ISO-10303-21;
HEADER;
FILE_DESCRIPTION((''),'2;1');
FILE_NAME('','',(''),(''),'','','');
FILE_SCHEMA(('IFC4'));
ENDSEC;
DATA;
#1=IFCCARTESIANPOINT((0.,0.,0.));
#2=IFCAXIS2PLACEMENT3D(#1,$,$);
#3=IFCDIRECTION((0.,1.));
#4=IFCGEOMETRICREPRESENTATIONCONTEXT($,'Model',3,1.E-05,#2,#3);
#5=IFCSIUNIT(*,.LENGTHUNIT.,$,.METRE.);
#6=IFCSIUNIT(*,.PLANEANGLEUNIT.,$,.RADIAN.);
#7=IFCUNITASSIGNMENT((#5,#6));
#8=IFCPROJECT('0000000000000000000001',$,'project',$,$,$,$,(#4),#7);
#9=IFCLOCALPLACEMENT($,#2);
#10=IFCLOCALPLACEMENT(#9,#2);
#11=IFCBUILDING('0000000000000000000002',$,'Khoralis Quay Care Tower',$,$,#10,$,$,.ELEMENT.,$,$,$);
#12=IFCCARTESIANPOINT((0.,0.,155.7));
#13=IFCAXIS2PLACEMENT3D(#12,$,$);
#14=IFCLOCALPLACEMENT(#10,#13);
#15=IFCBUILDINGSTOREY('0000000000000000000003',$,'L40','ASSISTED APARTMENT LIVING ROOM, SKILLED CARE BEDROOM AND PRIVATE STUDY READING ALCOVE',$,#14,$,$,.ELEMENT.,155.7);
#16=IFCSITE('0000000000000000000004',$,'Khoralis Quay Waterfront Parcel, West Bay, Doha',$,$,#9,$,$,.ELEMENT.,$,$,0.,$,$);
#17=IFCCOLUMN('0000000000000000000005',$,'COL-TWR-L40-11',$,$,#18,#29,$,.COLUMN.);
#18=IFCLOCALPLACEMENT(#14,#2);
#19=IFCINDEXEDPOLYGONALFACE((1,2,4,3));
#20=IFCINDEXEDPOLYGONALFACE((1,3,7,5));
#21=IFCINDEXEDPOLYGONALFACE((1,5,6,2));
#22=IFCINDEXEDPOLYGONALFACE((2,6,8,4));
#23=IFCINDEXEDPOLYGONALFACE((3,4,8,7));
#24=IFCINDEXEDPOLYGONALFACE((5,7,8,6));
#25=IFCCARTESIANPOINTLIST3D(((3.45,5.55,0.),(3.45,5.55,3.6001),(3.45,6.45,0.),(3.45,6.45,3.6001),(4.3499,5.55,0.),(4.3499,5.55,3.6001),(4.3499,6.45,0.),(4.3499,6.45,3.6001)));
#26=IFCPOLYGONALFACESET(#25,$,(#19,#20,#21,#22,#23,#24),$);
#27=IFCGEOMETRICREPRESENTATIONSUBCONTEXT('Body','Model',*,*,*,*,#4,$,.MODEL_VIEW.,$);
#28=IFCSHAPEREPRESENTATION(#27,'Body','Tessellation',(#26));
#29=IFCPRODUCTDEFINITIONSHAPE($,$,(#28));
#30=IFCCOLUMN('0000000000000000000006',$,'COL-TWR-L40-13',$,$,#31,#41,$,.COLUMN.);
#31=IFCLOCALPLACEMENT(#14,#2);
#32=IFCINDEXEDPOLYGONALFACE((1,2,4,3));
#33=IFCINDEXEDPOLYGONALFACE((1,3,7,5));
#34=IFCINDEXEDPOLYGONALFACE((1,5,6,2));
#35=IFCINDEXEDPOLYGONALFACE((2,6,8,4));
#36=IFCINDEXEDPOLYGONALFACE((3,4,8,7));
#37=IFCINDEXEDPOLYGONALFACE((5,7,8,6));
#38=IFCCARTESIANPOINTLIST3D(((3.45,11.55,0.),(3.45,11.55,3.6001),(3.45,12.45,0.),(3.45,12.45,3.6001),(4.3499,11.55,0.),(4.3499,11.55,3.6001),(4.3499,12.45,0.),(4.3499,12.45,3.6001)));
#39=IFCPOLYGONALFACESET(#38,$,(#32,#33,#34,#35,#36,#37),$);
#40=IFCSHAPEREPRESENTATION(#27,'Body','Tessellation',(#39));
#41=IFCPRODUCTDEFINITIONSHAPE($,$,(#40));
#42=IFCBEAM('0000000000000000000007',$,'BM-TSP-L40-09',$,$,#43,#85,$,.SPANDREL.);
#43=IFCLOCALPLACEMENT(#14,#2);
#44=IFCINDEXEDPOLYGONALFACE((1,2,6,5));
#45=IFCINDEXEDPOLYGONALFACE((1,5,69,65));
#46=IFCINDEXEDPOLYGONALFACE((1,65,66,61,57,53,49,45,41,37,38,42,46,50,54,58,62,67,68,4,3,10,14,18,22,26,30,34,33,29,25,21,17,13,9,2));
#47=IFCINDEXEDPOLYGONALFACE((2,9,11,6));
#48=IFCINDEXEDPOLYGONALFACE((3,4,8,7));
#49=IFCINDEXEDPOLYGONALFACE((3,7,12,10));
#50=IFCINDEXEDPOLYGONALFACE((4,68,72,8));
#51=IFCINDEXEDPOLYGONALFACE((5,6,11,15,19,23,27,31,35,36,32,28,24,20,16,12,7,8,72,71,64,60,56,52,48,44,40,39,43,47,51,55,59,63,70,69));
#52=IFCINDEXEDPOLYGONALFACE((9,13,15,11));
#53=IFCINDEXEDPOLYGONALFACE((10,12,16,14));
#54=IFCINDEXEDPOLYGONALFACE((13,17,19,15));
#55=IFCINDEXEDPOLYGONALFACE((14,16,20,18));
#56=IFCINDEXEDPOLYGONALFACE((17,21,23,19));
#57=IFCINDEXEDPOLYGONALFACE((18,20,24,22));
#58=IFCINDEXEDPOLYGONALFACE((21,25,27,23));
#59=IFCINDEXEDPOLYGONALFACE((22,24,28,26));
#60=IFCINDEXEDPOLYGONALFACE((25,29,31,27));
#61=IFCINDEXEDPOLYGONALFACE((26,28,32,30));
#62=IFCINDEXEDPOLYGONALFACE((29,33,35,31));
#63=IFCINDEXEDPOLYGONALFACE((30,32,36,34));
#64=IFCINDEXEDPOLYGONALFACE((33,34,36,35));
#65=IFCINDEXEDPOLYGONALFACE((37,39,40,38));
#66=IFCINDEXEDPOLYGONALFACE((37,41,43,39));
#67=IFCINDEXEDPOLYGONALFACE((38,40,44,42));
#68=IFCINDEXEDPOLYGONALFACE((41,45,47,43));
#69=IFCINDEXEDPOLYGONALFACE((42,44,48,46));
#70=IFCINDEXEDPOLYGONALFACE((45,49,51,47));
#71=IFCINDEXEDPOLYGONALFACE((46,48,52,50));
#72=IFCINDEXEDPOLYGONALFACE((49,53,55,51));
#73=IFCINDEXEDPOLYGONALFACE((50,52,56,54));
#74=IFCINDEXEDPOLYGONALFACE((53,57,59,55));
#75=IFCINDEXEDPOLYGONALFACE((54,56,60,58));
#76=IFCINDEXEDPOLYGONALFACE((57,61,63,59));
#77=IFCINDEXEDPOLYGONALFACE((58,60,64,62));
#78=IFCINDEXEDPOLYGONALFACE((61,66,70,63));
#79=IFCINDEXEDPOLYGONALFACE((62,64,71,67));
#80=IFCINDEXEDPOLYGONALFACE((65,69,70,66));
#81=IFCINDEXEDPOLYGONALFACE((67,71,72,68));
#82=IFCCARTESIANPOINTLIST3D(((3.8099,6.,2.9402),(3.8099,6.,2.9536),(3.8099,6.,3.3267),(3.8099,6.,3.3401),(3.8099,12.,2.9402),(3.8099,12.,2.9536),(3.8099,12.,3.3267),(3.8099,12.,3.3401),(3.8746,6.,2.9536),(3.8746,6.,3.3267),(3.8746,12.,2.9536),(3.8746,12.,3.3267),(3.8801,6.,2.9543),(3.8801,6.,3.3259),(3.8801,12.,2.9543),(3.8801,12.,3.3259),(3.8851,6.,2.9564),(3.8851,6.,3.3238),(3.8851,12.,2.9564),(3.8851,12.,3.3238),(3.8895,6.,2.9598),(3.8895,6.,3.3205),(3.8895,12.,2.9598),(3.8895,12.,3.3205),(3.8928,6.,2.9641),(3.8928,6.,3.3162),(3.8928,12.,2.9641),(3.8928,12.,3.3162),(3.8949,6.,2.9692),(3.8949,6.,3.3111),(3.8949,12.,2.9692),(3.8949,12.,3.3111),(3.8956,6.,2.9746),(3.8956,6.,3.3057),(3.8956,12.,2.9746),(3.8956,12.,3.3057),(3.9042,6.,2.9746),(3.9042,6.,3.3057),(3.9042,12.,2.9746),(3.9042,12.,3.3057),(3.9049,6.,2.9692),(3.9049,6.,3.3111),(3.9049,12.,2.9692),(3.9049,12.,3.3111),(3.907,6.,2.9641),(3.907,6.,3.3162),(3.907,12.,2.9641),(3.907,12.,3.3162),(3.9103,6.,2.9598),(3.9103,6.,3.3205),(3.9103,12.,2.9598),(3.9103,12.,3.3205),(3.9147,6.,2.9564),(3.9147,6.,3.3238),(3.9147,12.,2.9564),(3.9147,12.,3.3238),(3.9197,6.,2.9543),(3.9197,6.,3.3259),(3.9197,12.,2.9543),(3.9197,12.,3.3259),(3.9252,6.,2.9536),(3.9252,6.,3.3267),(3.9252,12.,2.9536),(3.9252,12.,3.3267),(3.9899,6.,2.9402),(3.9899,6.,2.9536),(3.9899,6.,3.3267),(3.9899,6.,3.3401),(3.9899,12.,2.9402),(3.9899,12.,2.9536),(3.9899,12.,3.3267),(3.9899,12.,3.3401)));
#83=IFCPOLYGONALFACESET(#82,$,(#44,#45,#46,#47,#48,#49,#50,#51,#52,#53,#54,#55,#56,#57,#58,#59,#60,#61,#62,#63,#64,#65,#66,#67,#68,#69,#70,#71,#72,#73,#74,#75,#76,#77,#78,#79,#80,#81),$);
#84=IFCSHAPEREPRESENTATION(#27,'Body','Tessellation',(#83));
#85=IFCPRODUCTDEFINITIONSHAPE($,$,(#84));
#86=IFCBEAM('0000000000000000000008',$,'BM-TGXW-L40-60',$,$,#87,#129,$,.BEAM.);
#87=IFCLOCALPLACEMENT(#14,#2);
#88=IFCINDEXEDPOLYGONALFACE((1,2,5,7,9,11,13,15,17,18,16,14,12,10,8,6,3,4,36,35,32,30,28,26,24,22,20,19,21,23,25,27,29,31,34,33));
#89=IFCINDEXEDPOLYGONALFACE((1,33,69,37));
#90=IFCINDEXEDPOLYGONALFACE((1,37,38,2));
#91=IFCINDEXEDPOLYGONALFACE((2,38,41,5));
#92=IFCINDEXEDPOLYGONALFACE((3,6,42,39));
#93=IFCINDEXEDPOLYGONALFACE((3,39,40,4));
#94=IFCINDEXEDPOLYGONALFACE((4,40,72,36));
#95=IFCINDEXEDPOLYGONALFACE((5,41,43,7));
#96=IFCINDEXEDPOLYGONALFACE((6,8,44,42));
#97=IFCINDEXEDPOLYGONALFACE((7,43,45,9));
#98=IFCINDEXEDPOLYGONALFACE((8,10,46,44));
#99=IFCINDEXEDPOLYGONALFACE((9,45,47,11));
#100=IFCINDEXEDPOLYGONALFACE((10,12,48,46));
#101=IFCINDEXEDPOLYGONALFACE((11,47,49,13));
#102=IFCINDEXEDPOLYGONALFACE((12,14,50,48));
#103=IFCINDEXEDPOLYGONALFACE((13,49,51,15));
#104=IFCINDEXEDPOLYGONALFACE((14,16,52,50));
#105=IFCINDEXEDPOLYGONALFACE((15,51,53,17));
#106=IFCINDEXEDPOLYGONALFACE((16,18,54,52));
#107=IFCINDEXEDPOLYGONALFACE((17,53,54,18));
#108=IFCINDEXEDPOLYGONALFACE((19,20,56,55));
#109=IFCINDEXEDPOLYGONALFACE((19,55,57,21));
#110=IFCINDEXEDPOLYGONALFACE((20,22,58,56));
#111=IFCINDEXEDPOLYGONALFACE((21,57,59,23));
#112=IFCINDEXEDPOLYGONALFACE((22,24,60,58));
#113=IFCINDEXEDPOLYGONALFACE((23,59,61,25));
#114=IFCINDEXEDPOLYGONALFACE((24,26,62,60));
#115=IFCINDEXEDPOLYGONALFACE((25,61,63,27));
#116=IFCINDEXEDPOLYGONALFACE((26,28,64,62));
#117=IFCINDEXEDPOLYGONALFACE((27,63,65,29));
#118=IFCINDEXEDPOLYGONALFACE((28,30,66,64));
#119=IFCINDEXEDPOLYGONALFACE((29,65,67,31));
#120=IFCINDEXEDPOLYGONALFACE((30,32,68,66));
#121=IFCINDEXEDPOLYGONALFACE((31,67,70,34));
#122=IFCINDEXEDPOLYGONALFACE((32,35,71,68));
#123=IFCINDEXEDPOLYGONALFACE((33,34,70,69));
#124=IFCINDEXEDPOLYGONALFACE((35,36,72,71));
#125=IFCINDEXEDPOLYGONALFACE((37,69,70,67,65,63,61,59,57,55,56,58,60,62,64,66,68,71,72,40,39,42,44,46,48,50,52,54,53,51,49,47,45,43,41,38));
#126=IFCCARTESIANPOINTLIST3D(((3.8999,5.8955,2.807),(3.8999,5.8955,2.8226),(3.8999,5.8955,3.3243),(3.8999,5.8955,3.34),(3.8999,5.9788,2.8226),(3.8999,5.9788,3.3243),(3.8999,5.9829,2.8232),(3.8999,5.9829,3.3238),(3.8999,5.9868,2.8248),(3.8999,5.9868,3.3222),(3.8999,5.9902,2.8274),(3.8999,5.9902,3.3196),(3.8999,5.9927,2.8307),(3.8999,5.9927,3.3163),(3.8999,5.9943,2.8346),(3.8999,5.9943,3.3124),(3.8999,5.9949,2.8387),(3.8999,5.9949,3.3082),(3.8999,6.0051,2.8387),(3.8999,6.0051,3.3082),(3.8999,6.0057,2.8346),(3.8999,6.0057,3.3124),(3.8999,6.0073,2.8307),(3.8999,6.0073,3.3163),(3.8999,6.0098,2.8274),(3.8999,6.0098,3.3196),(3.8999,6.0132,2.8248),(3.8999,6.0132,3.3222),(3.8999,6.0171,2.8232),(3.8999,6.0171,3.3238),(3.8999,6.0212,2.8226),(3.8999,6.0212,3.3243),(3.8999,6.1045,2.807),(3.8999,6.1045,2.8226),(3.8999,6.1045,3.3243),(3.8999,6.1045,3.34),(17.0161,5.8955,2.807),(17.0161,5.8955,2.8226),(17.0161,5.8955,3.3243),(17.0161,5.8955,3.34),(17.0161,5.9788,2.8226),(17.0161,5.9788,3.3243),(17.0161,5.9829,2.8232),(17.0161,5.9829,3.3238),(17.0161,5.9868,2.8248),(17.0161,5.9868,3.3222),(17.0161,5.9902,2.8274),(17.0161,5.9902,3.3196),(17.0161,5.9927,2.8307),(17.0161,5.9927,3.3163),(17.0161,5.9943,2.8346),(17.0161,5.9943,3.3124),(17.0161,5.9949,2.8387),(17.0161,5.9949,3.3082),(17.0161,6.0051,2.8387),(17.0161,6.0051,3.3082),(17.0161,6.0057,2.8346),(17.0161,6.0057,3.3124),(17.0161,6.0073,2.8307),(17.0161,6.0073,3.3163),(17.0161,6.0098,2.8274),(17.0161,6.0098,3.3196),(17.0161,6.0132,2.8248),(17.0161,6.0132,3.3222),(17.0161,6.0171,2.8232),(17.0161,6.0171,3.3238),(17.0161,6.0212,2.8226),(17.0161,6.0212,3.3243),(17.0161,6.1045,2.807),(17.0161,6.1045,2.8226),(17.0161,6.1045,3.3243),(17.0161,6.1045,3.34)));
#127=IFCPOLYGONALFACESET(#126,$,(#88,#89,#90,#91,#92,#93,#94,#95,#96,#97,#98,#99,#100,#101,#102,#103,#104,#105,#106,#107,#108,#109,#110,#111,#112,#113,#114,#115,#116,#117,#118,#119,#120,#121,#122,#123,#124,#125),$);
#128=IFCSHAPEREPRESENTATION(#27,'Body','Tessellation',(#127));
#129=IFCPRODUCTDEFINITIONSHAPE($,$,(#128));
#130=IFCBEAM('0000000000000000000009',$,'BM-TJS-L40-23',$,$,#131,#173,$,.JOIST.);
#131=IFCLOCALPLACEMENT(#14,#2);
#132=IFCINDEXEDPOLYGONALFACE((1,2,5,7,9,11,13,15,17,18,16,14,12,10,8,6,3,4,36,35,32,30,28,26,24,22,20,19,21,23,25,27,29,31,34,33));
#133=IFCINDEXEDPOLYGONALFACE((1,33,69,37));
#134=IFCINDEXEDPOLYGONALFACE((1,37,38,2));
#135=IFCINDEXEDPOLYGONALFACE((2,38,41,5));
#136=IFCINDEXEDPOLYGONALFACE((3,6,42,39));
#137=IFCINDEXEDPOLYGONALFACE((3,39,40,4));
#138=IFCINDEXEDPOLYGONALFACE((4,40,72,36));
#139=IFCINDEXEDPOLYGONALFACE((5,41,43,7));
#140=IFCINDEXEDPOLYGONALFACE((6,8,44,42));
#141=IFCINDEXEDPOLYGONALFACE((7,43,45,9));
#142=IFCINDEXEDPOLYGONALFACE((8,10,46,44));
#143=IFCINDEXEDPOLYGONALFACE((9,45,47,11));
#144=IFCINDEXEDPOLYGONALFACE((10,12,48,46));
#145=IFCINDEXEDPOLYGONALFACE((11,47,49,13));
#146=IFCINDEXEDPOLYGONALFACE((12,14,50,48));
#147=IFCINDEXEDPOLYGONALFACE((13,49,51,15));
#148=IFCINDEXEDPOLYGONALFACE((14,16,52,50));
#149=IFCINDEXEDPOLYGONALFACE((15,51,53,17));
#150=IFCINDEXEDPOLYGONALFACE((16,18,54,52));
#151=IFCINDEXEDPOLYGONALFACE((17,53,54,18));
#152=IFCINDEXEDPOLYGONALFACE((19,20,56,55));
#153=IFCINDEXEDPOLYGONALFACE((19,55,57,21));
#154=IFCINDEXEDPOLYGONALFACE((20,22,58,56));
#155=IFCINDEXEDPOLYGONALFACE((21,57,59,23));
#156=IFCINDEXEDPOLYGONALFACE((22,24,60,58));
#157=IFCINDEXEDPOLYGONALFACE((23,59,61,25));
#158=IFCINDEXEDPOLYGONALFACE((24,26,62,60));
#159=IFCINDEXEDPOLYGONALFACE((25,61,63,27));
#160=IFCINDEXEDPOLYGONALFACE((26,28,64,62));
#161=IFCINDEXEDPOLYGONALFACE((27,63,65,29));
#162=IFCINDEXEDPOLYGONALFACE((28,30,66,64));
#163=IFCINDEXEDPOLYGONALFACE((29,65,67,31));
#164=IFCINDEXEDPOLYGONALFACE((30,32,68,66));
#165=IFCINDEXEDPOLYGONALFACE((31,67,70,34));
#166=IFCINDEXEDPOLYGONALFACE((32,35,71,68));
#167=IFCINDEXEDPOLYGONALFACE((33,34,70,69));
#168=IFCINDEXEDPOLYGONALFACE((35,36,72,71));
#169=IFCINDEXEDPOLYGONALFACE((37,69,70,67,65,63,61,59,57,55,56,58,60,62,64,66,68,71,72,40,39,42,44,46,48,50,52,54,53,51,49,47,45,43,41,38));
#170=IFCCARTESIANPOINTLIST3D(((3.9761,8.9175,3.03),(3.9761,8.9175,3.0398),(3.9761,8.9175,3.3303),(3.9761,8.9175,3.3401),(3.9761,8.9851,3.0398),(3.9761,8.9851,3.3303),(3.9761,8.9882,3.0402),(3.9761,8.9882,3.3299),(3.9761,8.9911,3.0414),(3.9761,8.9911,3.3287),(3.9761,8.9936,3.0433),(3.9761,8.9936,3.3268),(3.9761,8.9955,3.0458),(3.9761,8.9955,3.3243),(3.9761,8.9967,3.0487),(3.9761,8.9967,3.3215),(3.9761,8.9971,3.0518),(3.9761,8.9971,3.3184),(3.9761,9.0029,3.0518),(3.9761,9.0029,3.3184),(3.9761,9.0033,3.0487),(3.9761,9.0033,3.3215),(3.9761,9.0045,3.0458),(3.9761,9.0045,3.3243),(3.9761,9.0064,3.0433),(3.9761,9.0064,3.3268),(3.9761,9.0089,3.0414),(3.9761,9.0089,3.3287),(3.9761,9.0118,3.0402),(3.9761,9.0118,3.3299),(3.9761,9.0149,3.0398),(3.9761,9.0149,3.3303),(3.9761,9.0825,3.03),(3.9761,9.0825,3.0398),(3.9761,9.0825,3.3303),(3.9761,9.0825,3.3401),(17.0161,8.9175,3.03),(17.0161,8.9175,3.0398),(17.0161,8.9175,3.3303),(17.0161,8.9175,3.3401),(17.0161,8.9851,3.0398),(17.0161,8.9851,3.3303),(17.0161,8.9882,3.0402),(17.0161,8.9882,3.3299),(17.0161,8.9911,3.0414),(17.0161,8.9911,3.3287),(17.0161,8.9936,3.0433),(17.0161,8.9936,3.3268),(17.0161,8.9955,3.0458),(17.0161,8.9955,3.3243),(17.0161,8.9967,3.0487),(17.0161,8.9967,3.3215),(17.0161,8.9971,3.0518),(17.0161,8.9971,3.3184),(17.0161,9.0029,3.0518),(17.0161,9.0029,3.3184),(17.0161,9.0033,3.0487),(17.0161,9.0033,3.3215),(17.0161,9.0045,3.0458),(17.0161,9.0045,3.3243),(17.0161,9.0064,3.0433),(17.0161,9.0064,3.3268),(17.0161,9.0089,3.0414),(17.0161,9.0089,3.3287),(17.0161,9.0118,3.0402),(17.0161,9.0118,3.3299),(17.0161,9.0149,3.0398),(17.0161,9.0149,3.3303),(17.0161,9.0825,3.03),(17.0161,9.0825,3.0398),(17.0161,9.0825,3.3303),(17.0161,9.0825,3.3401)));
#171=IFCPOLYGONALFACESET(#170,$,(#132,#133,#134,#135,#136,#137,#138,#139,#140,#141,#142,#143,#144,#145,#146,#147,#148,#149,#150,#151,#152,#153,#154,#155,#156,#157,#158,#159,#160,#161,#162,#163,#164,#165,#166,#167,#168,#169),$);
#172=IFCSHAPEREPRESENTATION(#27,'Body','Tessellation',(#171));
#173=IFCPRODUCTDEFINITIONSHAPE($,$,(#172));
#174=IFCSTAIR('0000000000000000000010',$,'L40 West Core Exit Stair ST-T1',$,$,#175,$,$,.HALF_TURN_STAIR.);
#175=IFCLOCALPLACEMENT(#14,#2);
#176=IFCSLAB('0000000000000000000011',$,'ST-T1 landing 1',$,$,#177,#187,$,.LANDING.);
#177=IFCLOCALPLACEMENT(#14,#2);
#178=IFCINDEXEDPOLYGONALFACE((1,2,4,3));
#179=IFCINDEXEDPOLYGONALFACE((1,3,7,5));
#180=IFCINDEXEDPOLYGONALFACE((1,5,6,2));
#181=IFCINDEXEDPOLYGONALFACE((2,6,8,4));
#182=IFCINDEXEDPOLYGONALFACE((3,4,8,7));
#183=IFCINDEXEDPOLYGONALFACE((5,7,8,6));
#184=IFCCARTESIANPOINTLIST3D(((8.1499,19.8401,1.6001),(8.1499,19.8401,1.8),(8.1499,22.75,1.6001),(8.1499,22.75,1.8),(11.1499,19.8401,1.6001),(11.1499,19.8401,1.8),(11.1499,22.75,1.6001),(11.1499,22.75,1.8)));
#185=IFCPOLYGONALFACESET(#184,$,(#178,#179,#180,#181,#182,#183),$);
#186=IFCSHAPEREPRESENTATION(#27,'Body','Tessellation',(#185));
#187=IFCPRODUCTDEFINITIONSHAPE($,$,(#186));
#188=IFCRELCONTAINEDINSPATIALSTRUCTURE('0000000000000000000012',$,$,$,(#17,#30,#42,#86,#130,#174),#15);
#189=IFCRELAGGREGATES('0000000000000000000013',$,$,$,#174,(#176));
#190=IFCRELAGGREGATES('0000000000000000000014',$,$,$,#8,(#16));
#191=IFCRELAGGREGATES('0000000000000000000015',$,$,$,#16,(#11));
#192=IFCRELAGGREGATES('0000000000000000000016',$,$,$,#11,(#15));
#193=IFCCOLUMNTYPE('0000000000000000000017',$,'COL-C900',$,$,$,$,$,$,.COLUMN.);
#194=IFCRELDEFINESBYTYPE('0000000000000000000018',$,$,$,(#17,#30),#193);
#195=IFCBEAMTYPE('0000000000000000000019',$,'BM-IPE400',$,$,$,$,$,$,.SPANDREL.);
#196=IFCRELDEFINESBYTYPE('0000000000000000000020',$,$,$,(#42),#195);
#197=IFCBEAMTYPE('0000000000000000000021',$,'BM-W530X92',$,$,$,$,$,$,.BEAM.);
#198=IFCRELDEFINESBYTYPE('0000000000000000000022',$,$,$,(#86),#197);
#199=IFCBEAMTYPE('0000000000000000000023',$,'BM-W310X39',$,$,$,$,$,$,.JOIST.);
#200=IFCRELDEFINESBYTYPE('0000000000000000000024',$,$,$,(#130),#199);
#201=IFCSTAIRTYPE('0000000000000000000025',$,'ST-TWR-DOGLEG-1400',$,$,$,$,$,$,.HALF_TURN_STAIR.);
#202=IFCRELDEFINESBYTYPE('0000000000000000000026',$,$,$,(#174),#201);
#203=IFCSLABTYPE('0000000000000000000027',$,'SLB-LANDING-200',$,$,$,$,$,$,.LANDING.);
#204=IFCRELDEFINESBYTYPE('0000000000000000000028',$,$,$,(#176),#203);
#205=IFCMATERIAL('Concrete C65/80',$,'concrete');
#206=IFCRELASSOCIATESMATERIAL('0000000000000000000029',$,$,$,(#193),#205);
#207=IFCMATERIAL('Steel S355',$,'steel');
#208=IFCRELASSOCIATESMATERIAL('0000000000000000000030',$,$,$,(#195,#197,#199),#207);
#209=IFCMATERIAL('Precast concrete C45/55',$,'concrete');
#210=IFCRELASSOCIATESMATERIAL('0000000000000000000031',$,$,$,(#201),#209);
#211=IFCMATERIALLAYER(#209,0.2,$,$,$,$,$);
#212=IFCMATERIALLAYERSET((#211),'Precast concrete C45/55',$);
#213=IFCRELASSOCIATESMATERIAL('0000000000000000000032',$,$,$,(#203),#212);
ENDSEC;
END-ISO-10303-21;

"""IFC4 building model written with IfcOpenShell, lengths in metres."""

from ifc_helpers import new_model, si_unit, direction, frame, origin, origin_2d, place, context, subcontext, project, spatial, polyline, rectangle, i_section, outline, extrude, source, transform, mapped, material, layer, layer_set, material_profile, profile_set, type_object, element, aggregate, save


model = new_model("IFC4")

# Units and contexts
model_context = context("Model", 3, precision=1e-05, world=origin(), true_north=direction((0.0, 1.0)))
body_context = subcontext(model_context, "Body", "Model", "MODEL_VIEW")
ifc_project = project(units=[si_unit("LENGTHUNIT", "METRE"), si_unit("PLANEANGLEUNIT", "RADIAN")], contexts=[model_context])

# Site, building, storey
site_placement = place(None, origin())
site = spatial("IfcSite", under=ifc_project, at=site_placement, Name="Khoralis Quay Waterfront Parcel, West Bay, Doha", CompositionType="ELEMENT", RefElevation=0.0)
building_placement = place(site_placement, origin())
building = spatial("IfcBuilding", under=site, at=building_placement, Name="Khoralis Quay Care Tower", CompositionType="ELEMENT")
storey_placement = place(building_placement, frame((0.0, 0.0, 155.7)))
storey = spatial("IfcBuildingStorey", under=building, at=storey_placement, Name="L40", Description="ASSISTED APARTMENT LIVING ROOM, SKILLED CARE BEDROOM AND PRIVATE STUDY READING ALCOVE", CompositionType="ELEMENT", Elevation=155.7)

# Columns
ifc_material_1 = material(Name="Concrete C65/80", Category="concrete")
ifc_material_profile_1 = material_profile(ifc_material_1, rectangle(XDim=0.8999, YDim=0.8999, at=origin_2d()), Name="Concrete C65/80")
ifc_profile_set_1 = profile_set([ifc_material_profile_1], Name="Concrete C65/80")
column_type = type_object("IfcColumnType", Name="COL-C900", PredefinedType="COLUMN", material=ifc_profile_set_1)
shared_shape_1 = source(origin(), body_context, "Body", "SweptSolid", [
    extrude(rectangle(XDim=0.8999, YDim=0.8999, at=origin_2d()), origin(), (0.0, 0.0, 1.0), 3.6001),
])
for number, where, z_axis, x_axis, name in (
    (1, (3.8999, 6.0, 0.0), (0.0, 0.0, 1.0), (1.0, 0.0, 0.0), "COL-TWR-L40-11"),
    (2, (3.8999, 12.0, 0.0), (0.0, 0.0, 1.0), (1.0, 0.0, 0.0), "COL-TWR-L40-13"),
):
    element("IfcColumn", number, at=place(storey_placement, frame(where, z_axis=z_axis, x_axis=x_axis)), inside=storey, type_object=column_type, Name=name, PredefinedType="COLUMN", context=body_context, shape_type="MappedRepresentation", body=[
        mapped(shared_shape_1, transform((0.0, 0.0, 0.0), scale=1.0)),
    ])

# Beams
ifc_material_2 = material(Name="Steel S355", Category="steel")
ifc_material_profile_2 = material_profile(ifc_material_2, i_section(OverallWidth=0.1799, OverallDepth=0.3999, WebThickness=0.0085, FlangeThickness=0.0134, FilletRadius=0.021, at=origin_2d()), Name="Steel S355")
ifc_profile_set_2 = profile_set([ifc_material_profile_2], Name="Steel S355")
beam_type_1 = type_object("IfcBeamType", Name="BM-IPE400", PredefinedType="SPANDREL", material=ifc_profile_set_2)
shared_shape_2 = source(origin(), body_context, "Body", "SweptSolid", [
    extrude(i_section(OverallWidth=0.1799, OverallDepth=0.3999, WebThickness=0.0085, FlangeThickness=0.0134, FilletRadius=0.021, at=origin_2d()), origin(), (0.0, 0.0, 1.0), 6.0),
])
beam_1_placement = place(storey_placement, frame((3.8999, 6.0, 3.1401), z_axis=(0.0, 1.0, 0.0), x_axis=(-1.0, 0.0, 0.0)))
element("IfcBeam", 3, at=beam_1_placement, inside=storey, type_object=beam_type_1, Name="BM-TSP-L40-09", PredefinedType="SPANDREL", context=body_context, shape_type="MappedRepresentation", body=[
    mapped(shared_shape_2, transform((0.0, 0.0, 0.0), scale=1.0)),
])
ifc_material_profile_3 = material_profile(ifc_material_2, i_section(OverallWidth=0.209, OverallDepth=0.533, WebThickness=0.0103, FlangeThickness=0.0156, FilletRadius=0.0161, at=origin_2d()), Name="Steel S355")
ifc_profile_set_3 = profile_set([ifc_material_profile_3], Name="Steel S355")
beam_type_2 = type_object("IfcBeamType", Name="BM-W530X92", PredefinedType="BEAM", material=ifc_profile_set_3)
shared_shape_3 = source(origin(), body_context, "Body", "SweptSolid", [
    extrude(i_section(OverallWidth=0.209, OverallDepth=0.533, WebThickness=0.0103, FlangeThickness=0.0156, FilletRadius=0.0161, at=origin_2d()), origin(), (0.0, 0.0, 1.0), 13.1162),
])
beam_2_placement = place(storey_placement, frame((3.8999, 6.0, 3.0735), z_axis=(1.0, 0.0, 0.0), x_axis=(0.0, 1.0, 0.0)))
element("IfcBeam", 4, at=beam_2_placement, inside=storey, type_object=beam_type_2, Name="BM-TGXW-L40-60", PredefinedType="BEAM", context=body_context, shape_type="MappedRepresentation", body=[
    mapped(shared_shape_3, transform((0.0, 0.0, 0.0), scale=1.0)),
])
ifc_material_profile_4 = material_profile(ifc_material_2, i_section(OverallWidth=0.165, OverallDepth=0.3101, WebThickness=0.0059, FlangeThickness=0.0098, FilletRadius=0.012, at=origin_2d()), Name="Steel S355")
ifc_profile_set_4 = profile_set([ifc_material_profile_4], Name="Steel S355")
beam_type_3 = type_object("IfcBeamType", Name="BM-W310X39", PredefinedType="JOIST", material=ifc_profile_set_4)
shared_shape_4 = source(origin(), body_context, "Body", "SweptSolid", [
    extrude(i_section(OverallWidth=0.165, OverallDepth=0.3101, WebThickness=0.0059, FlangeThickness=0.0098, FilletRadius=0.012, at=origin_2d()), origin(), (0.0, 0.0, 1.0), 13.04),
])
beam_3_placement = place(storey_placement, frame((3.9761, 9.0, 3.1851), z_axis=(1.0, 0.0, 0.0), x_axis=(0.0, 1.0, 0.0)))
element("IfcBeam", 5, at=beam_3_placement, inside=storey, type_object=beam_type_3, Name="BM-TJS-L40-23", PredefinedType="JOIST", context=body_context, shape_type="MappedRepresentation", body=[
    mapped(shared_shape_4, transform((0.0, 0.0, 0.0), scale=1.0)),
])

# Stair, slab
ifc_material_3 = material(Name="Precast concrete C45/55", Category="concrete")
stair_type = type_object("IfcStairType", Name="ST-TWR-DOGLEG-1400", PredefinedType="HALF_TURN_STAIR", material=ifc_material_3)
stair_1_placement = place(storey_placement, origin())
stair_1 = element("IfcStair", 6, at=stair_1_placement, inside=storey, type_object=stair_type, Name="L40 West Core Exit Stair ST-T1", PredefinedType="HALF_TURN_STAIR")
ifc_layer_1 = layer(ifc_material_3, 0.2)
ifc_layer_set_1 = layer_set([ifc_layer_1], Name="Precast concrete C45/55")
slab_type_1 = type_object("IfcSlabType", Name="SLB-LANDING-200", PredefinedType="LANDING", material=ifc_layer_set_1)
slab_1_placement = place(storey_placement, frame((0.0, 0.0, 1.6001)))
slab_1 = element("IfcSlab", 7, at=slab_1_placement, type_object=slab_type_1, Name="ST-T1 landing 1", PredefinedType="LANDING", context=body_context, shape_type="SweptSolid", body=[
    extrude(outline(polyline([(11.1499, 19.8401), (11.1499, 22.75), (8.1499, 22.75), (8.1499, 19.8401), (11.1499, 19.8401)])), origin(), (0.0, 0.0, 1.0), 0.2),
])
aggregate(stair_1, [slab_1])

save(model, "model.ifc")
